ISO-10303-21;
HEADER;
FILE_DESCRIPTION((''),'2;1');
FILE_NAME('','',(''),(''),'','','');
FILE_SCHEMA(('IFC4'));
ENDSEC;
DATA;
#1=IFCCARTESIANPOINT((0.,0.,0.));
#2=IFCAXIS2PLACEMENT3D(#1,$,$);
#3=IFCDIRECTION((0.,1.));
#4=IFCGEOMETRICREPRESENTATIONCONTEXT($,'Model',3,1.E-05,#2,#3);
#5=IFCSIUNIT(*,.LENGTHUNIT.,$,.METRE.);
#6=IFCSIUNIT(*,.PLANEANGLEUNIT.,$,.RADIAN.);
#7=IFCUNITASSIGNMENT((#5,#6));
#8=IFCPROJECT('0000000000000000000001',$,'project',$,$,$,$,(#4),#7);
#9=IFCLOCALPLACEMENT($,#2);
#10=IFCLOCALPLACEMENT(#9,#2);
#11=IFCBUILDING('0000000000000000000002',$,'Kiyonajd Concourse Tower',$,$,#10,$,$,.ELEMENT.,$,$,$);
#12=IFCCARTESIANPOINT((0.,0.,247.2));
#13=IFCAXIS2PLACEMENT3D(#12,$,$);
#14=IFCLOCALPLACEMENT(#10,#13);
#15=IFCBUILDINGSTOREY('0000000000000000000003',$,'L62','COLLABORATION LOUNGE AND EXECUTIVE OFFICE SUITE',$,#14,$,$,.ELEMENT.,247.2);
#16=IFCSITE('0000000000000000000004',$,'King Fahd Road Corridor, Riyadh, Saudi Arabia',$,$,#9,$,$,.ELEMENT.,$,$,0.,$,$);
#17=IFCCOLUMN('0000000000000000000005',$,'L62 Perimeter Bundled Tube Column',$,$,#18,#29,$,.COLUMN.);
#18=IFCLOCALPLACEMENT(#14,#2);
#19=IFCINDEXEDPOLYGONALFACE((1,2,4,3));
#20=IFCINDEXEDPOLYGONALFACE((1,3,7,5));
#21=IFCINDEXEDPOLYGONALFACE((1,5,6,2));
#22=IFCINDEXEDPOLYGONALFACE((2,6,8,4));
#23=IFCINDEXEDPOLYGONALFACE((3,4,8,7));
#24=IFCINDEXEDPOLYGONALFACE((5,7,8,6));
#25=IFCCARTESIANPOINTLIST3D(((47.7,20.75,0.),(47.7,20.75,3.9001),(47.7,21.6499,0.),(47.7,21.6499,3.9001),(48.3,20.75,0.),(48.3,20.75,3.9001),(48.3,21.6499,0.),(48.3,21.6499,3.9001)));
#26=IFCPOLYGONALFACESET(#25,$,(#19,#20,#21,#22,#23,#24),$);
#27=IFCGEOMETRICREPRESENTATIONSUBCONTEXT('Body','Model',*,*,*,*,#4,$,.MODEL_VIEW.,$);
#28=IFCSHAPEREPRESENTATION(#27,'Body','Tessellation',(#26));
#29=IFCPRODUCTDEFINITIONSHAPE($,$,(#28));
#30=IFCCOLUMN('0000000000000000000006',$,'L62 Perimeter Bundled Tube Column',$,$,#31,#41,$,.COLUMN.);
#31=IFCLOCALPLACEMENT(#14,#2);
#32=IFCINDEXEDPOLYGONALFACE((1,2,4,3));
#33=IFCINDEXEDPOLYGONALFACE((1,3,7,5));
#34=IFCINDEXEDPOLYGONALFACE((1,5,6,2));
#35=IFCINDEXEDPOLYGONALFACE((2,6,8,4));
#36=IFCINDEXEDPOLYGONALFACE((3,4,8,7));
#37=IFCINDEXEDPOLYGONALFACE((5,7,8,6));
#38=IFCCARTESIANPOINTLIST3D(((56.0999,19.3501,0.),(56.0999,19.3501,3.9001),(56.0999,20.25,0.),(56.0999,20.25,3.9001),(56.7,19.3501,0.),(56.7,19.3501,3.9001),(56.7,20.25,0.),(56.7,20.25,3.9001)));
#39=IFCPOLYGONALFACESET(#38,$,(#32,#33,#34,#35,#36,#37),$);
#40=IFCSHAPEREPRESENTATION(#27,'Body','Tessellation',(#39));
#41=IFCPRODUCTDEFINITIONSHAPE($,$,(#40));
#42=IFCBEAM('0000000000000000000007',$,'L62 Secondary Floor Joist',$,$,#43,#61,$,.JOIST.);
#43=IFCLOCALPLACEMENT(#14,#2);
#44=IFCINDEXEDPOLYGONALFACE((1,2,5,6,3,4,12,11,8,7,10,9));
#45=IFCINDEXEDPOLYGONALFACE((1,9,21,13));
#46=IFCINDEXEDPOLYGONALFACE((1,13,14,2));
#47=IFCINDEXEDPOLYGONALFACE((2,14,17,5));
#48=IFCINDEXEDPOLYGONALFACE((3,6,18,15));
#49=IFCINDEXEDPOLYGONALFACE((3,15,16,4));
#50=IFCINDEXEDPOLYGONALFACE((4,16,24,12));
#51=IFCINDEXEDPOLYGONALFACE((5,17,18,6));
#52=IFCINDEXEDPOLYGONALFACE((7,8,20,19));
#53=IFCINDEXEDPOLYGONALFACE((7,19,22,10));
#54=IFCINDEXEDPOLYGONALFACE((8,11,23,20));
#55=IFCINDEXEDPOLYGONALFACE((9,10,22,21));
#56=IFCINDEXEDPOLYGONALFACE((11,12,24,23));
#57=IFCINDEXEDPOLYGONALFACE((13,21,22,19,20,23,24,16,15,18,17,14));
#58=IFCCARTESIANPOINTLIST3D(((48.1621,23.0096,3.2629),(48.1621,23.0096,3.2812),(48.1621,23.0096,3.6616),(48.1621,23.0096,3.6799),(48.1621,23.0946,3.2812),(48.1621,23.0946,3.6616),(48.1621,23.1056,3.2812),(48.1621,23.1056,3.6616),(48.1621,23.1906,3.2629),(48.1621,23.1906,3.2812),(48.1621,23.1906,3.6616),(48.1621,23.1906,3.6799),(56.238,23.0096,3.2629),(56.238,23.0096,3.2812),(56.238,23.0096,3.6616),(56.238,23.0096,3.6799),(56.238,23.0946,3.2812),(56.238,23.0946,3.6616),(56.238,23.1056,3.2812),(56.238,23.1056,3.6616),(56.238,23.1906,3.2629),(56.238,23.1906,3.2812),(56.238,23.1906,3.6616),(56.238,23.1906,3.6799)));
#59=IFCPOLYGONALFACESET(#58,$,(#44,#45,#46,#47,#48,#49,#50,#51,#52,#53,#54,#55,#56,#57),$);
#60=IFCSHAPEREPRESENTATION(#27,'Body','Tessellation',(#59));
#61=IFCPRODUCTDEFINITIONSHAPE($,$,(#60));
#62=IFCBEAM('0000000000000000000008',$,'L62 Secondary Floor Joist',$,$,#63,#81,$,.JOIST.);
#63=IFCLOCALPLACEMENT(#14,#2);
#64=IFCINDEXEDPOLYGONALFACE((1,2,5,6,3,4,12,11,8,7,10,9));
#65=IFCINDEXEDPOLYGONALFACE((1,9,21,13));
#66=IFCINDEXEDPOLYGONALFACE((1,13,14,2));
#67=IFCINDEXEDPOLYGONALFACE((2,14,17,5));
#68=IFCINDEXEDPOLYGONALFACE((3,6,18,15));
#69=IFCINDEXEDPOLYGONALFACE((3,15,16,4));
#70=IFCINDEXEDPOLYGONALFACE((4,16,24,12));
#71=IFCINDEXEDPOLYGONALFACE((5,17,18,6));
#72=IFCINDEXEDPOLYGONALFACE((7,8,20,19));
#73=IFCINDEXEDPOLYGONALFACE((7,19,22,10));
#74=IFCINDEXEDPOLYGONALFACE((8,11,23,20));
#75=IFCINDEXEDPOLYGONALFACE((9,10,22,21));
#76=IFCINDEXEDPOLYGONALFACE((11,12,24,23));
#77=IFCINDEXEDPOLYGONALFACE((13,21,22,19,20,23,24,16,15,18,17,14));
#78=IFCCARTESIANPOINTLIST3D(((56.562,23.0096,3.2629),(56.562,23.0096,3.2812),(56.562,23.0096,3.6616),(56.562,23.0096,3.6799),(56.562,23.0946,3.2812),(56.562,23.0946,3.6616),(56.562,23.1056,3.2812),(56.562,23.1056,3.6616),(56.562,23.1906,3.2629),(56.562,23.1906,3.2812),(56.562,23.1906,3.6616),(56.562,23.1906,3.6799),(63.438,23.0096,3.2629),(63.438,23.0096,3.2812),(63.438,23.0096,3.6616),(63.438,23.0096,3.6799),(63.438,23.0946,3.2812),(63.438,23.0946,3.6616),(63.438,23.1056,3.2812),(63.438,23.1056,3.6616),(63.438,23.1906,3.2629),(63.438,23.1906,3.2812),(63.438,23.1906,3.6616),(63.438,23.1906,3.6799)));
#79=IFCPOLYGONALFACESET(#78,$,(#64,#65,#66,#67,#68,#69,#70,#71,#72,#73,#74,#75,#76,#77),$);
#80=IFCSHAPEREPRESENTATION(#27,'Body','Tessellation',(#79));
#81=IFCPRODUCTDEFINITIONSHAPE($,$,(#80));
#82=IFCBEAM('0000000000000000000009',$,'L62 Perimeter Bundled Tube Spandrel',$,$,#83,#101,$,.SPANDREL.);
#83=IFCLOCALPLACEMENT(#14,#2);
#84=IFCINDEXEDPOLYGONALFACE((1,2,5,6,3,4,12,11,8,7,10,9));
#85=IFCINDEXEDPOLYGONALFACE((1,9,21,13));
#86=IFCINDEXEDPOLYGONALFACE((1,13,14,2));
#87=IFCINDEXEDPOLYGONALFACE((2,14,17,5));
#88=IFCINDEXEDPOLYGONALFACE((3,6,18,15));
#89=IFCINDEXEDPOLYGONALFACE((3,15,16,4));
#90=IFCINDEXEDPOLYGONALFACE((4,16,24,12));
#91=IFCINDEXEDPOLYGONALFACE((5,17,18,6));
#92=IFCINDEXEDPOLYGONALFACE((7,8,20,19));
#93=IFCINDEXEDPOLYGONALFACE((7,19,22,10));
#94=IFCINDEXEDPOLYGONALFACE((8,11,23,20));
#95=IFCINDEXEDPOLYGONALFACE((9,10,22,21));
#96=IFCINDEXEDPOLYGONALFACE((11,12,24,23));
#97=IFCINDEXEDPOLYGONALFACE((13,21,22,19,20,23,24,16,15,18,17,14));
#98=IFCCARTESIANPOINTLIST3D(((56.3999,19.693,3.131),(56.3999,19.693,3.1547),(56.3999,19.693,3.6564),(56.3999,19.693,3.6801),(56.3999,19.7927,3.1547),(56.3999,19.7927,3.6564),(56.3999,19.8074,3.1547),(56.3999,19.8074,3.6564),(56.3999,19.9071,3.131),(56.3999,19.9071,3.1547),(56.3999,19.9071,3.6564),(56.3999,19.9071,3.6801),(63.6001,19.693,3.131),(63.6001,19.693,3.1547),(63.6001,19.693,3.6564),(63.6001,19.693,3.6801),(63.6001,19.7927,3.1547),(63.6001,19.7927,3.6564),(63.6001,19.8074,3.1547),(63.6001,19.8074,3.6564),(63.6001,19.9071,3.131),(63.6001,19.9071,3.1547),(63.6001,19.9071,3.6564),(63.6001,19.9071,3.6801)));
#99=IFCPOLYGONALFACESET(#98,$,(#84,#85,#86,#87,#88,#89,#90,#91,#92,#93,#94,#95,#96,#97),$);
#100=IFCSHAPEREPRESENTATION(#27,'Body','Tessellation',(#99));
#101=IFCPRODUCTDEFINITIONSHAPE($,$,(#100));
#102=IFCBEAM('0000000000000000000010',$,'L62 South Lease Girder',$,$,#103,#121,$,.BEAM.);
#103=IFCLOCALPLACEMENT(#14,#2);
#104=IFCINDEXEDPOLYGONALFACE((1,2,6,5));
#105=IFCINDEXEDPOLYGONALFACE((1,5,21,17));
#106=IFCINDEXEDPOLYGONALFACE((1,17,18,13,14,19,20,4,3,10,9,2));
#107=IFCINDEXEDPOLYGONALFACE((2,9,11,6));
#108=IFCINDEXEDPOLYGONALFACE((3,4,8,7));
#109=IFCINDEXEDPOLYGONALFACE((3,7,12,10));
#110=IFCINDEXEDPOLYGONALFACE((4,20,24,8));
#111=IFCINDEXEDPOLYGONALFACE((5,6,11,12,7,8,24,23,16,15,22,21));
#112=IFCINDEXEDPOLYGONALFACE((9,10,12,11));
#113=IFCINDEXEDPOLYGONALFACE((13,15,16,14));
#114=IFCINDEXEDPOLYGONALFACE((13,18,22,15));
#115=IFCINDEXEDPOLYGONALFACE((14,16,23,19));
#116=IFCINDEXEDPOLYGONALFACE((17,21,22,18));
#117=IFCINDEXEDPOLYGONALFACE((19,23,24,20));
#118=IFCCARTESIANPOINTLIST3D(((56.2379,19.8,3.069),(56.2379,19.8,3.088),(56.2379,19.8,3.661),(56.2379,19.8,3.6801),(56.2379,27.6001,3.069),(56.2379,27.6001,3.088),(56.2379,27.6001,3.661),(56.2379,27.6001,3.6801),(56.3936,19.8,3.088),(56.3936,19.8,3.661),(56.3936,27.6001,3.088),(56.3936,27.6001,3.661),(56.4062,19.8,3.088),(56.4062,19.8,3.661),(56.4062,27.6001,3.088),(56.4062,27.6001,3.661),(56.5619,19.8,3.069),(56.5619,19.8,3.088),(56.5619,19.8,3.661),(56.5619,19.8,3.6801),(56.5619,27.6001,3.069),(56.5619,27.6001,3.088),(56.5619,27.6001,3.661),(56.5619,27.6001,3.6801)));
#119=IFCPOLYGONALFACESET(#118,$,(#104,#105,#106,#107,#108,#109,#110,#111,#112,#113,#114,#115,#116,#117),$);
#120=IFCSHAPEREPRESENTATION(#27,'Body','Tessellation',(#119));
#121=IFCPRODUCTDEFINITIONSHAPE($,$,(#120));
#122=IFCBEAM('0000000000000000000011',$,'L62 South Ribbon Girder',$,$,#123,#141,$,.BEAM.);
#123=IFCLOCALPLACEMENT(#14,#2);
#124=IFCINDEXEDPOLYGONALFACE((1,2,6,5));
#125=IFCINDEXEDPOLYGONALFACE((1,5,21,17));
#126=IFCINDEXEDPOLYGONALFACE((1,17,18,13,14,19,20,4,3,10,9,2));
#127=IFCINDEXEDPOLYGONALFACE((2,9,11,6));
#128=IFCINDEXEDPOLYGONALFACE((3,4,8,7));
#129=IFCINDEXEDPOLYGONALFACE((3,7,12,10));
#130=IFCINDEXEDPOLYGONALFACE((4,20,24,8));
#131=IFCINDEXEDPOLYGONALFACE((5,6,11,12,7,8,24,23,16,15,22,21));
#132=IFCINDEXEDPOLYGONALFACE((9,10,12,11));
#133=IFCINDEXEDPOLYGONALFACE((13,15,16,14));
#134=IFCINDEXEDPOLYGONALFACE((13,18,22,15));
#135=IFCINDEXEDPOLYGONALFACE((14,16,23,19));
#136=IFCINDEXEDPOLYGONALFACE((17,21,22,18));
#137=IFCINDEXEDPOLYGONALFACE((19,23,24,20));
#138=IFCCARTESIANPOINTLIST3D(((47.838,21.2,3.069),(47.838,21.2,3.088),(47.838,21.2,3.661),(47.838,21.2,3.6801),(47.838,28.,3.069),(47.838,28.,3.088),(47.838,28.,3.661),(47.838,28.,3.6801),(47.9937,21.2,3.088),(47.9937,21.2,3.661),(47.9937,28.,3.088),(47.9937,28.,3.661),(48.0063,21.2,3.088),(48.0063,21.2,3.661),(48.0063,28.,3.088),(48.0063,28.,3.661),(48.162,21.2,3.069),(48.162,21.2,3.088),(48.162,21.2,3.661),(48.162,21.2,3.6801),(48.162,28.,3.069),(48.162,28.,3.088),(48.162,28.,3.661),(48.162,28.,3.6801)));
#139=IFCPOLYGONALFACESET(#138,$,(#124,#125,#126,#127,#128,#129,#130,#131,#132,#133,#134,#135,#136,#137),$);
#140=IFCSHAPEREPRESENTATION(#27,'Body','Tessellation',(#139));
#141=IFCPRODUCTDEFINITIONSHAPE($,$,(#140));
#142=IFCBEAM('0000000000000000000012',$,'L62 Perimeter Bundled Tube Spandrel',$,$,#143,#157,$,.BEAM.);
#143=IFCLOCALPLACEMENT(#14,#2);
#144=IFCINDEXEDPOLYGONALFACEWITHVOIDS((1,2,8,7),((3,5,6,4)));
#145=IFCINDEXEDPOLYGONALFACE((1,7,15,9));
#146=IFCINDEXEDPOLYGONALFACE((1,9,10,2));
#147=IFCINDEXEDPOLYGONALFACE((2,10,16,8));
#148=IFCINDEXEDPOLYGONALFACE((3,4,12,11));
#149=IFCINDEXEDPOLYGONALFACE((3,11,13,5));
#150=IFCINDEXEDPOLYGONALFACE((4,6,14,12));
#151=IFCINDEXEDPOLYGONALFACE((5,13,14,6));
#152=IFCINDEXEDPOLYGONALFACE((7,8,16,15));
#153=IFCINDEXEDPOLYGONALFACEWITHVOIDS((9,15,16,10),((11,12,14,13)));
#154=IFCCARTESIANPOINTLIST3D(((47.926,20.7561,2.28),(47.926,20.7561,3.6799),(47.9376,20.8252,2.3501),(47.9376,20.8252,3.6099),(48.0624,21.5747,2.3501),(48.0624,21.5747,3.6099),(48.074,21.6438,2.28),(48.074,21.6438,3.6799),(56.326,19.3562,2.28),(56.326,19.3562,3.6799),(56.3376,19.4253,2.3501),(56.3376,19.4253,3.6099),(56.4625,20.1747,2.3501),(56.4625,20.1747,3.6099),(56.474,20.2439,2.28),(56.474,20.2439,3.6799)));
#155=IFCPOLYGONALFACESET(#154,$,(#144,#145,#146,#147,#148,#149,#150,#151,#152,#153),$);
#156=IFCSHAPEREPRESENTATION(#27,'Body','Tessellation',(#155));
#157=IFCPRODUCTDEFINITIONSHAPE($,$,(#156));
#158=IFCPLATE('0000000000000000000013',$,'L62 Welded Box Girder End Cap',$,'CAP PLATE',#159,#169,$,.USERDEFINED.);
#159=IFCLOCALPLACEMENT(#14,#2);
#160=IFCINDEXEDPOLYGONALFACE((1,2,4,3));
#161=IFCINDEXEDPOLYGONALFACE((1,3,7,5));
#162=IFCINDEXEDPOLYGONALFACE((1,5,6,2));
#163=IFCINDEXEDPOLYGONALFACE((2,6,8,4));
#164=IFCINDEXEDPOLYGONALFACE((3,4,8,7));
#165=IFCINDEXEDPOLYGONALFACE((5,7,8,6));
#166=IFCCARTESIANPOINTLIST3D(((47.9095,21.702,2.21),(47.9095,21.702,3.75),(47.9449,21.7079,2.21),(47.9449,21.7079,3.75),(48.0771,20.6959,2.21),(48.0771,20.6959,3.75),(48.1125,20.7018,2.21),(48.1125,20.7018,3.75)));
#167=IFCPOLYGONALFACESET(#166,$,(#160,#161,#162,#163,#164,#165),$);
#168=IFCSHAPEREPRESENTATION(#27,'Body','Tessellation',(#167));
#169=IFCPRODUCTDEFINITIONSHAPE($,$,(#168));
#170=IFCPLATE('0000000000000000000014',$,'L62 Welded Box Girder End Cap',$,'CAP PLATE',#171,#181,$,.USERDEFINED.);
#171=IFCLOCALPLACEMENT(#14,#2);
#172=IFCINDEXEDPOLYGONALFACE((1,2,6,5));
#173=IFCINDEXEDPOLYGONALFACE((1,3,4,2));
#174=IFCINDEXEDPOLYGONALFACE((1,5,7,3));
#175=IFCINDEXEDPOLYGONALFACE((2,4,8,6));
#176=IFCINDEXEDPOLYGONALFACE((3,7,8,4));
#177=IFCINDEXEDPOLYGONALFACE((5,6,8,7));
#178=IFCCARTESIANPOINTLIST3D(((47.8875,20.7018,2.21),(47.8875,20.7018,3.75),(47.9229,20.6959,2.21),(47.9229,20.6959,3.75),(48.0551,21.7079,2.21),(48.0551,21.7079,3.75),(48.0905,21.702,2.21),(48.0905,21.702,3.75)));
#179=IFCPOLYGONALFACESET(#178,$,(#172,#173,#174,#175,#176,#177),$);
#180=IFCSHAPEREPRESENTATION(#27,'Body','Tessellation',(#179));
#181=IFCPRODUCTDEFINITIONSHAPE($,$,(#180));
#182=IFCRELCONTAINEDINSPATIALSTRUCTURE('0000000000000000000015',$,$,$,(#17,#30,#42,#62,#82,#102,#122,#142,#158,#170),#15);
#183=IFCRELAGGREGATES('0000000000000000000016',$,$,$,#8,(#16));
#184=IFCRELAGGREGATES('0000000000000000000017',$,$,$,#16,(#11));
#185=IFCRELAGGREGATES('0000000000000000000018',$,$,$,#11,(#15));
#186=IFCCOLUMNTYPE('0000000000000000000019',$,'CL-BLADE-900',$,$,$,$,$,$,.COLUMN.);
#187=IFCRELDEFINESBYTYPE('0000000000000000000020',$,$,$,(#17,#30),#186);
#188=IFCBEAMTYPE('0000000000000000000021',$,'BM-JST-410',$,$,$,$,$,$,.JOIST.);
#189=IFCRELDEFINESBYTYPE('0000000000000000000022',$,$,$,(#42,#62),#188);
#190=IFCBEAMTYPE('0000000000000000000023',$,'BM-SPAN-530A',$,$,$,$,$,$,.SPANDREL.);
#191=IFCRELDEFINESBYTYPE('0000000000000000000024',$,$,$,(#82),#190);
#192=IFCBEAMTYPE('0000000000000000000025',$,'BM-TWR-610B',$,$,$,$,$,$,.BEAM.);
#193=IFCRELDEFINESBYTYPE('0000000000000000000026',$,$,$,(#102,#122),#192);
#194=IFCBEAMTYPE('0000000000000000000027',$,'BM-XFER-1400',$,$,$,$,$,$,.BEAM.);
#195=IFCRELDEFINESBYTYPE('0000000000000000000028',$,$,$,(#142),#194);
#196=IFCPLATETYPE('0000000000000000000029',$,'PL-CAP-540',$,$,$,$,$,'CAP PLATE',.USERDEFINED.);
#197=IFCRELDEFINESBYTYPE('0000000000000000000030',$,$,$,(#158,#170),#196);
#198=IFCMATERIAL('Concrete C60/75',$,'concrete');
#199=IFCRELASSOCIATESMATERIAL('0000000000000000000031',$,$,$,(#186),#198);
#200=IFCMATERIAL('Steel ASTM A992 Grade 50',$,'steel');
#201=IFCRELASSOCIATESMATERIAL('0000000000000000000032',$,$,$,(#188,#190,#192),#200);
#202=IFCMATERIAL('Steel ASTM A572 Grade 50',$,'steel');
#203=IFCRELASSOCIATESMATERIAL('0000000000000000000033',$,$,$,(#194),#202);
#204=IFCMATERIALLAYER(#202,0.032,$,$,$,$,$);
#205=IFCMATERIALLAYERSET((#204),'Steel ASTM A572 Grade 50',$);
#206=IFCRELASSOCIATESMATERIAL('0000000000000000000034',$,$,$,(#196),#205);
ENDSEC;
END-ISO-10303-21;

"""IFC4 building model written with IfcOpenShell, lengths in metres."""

from ifc_helpers import new_model, si_unit, direction, frame, origin, origin_2d, place, context, subcontext, project, spatial, rectangle, hollow_rectangle, i_section, extrude, material, layer, layer_set, material_profile, profile_set, type_object, element, save


model = new_model("IFC4")

# Units and contexts
model_context = context("Model", 3, precision=1e-05, world=origin(), true_north=direction((0.0, 1.0)))
body_context = subcontext(model_context, "Body", "Model", "MODEL_VIEW")
ifc_project = project(units=[si_unit("LENGTHUNIT", "METRE"), si_unit("PLANEANGLEUNIT", "RADIAN")], contexts=[model_context])

# Site, building, storey
site_placement = place(None, origin())
site = spatial("IfcSite", under=ifc_project, at=site_placement, Name="King Fahd Road Corridor, Riyadh, Saudi Arabia", CompositionType="ELEMENT", RefElevation=0.0)
building_placement = place(site_placement, origin())
building = spatial("IfcBuilding", under=site, at=building_placement, Name="Kiyonajd Concourse Tower", CompositionType="ELEMENT")
storey_placement = place(building_placement, frame((0.0, 0.0, 247.2)))
storey = spatial("IfcBuildingStorey", under=building, at=storey_placement, Name="L62", Description="COLLABORATION LOUNGE AND EXECUTIVE OFFICE SUITE", CompositionType="ELEMENT", Elevation=247.2)

# Columns
ifc_material_1 = material(Name="Concrete C60/75", Category="concrete")
ifc_material_profile_1 = material_profile(ifc_material_1, rectangle(XDim=0.6001, YDim=0.8999, at=origin_2d()), Name="RC-900x600")
ifc_profile_set_1 = profile_set([ifc_material_profile_1], Name="Concrete C60/75")
column_type = type_object("IfcColumnType", Name="CL-BLADE-900", PredefinedType="COLUMN", material=ifc_profile_set_1)
for number, where, z_axis, x_axis, name in (
    (1, (48.0, 21.2, 0.0), (0.0, 0.0, 1.0), (1.0, 0.0, 0.0), "L62 Perimeter Bundled Tube Column"),
    (2, (56.3999, 19.8, 0.0), (0.0, 0.0, 1.0), (1.0, 0.0, 0.0), "L62 Perimeter Bundled Tube Column"),
):
    element("IfcColumn", number, at=place(storey_placement, frame(where, z_axis=z_axis, x_axis=x_axis)), inside=storey, type_object=column_type, Name=name, PredefinedType="COLUMN", context=body_context, shape_type="SweptSolid", body=[
        extrude(rectangle(XDim=0.6001, YDim=0.8999, at=origin_2d()), origin(), (0.0, 0.0, 1.0), 3.9001),
    ])

# Beams
ifc_material_2 = material(Name="Steel ASTM A992 Grade 50", Category="steel")
ifc_material_profile_2 = material_profile(ifc_material_2, i_section(OverallWidth=0.1809, OverallDepth=0.417, WebThickness=0.011, FlangeThickness=0.0183, at=origin_2d()), Name="W410X85")
ifc_profile_set_2 = profile_set([ifc_material_profile_2], Name="Steel ASTM A992 Grade 50")
beam_type_1 = type_object("IfcBeamType", Name="BM-JST-410", PredefinedType="JOIST", material=ifc_profile_set_2)
beam_1_placement = place(storey_placement, frame((48.1621, 23.1001, 3.4714), z_axis=(1.0, 0.0, 0.0), x_axis=(0.0, 1.0, 0.0)))
element("IfcBeam", 3, at=beam_1_placement, inside=storey, type_object=beam_type_1, Name="L62 Secondary Floor Joist", PredefinedType="JOIST", context=body_context, shape_type="SweptSolid", body=[
    extrude(i_section(OverallWidth=0.1809, OverallDepth=0.417, WebThickness=0.011, FlangeThickness=0.0183, at=origin_2d()), origin(), (0.0, 0.0, 1.0), 8.0759),
])
beam_2_placement = place(storey_placement, frame((56.562, 23.1001, 3.4714), z_axis=(1.0, 0.0, 0.0), x_axis=(0.0, 1.0, 0.0)))
element("IfcBeam", 4, at=beam_2_placement, inside=storey, type_object=beam_type_1, Name="L62 Secondary Floor Joist", PredefinedType="JOIST", context=body_context, shape_type="SweptSolid", body=[
    extrude(i_section(OverallWidth=0.1809, OverallDepth=0.417, WebThickness=0.011, FlangeThickness=0.0183, at=origin_2d()), origin(), (0.0, 0.0, 1.0), 6.876),
])
ifc_material_profile_3 = material_profile(ifc_material_2, i_section(OverallWidth=0.2141, OverallDepth=0.5491, WebThickness=0.0146, FlangeThickness=0.0237, at=origin_2d()), Name="W530X138")
ifc_profile_set_3 = profile_set([ifc_material_profile_3], Name="Steel ASTM A992 Grade 50")
beam_type_2 = type_object("IfcBeamType", Name="BM-SPAN-530A", PredefinedType="SPANDREL", material=ifc_profile_set_3)
beam_3_placement = place(storey_placement, frame((56.3999, 19.8, 3.4055), z_axis=(1.0, 0.0, 0.0), x_axis=(0.0, 1.0, 0.0)))
element("IfcBeam", 5, at=beam_3_placement, inside=storey, type_object=beam_type_2, Name="L62 Perimeter Bundled Tube Spandrel", PredefinedType="SPANDREL", context=body_context, shape_type="SweptSolid", body=[
    extrude(i_section(OverallWidth=0.2141, OverallDepth=0.5491, WebThickness=0.0146, FlangeThickness=0.0237, at=origin_2d()), origin(), (0.0, 0.0, 1.0), 7.2002),
])
ifc_material_profile_4 = material_profile(ifc_material_2, i_section(OverallWidth=0.324, OverallDepth=0.6111, WebThickness=0.0127, FlangeThickness=0.019, at=origin_2d()), Name="W610X155")
ifc_profile_set_4 = profile_set([ifc_material_profile_4], Name="Steel ASTM A992 Grade 50")
beam_type_3 = type_object("IfcBeamType", Name="BM-TWR-610B", PredefinedType="BEAM", material=ifc_profile_set_4)
beam_4_placement = place(storey_placement, frame((56.3999, 19.8, 3.3745), z_axis=(0.0, 1.0, 0.0), x_axis=(-1.0, 0.0, 0.0)))
element("IfcBeam", 6, at=beam_4_placement, inside=storey, type_object=beam_type_3, Name="L62 South Lease Girder", PredefinedType="BEAM", context=body_context, shape_type="SweptSolid", body=[
    extrude(i_section(OverallWidth=0.324, OverallDepth=0.6111, WebThickness=0.0127, FlangeThickness=0.019, at=origin_2d()), origin(), (0.0, 0.0, 1.0), 7.8),
])
beam_5_placement = place(storey_placement, frame((48.0, 21.2, 3.3745), z_axis=(0.0, 1.0, 0.0), x_axis=(-1.0, 0.0, 0.0)))
element("IfcBeam", 7, at=beam_5_placement, inside=storey, type_object=beam_type_3, Name="L62 South Ribbon Girder", PredefinedType="BEAM", context=body_context, shape_type="SweptSolid", body=[
    extrude(i_section(OverallWidth=0.324, OverallDepth=0.6111, WebThickness=0.0127, FlangeThickness=0.019, at=origin_2d()), origin(), (0.0, 0.0, 1.0), 6.8),
])
ifc_material_3 = material(Name="Steel ASTM A572 Grade 50", Category="steel")
ifc_material_profile_5 = material_profile(ifc_material_3, hollow_rectangle(XDim=0.8999, YDim=1.3999, WallThickness=0.0701, at=origin_2d()), Name="BOX-1400x900x70")
ifc_profile_set_5 = profile_set([ifc_material_profile_5], Name="Steel ASTM A572 Grade 50")
beam_type_4 = type_object("IfcBeamType", Name="BM-XFER-1400", PredefinedType="BEAM", material=ifc_profile_set_5)
beam_6_placement = place(storey_placement, frame((48.0, 21.2, 2.98), z_axis=(0.986395, -0.16439, 0.0), x_axis=(0.16439, 0.986395, 0.0)))
element("IfcBeam", 8, at=beam_6_placement, inside=storey, type_object=beam_type_4, Name="L62 Perimeter Bundled Tube Spandrel", PredefinedType="BEAM", context=body_context, shape_type="SweptSolid", body=[
    extrude(hollow_rectangle(XDim=0.8999, YDim=1.3999, WallThickness=0.0701, at=origin_2d()), origin(), (0.0, 0.0, 1.0), 8.5159),
])

# Plates
ifc_layer_1 = layer(ifc_material_3, 0.032)
ifc_layer_set_1 = layer_set([ifc_layer_1], Name="Steel ASTM A572 Grade 50")
plate_type_1 = type_object("IfcPlateType", Name="PL-CAP-540", ElementType="CAP PLATE", PredefinedType="USERDEFINED", material=ifc_layer_set_1)
for number, where, z_axis, x_axis, name in (
    (9, (48.011, 21.2019, 2.21), (0.0, 0.0, 1.0), (0.986401, 0.164359, 0.0), "L62 Welded Box Girder End Cap"),
    (10, (47.989, 21.2019, 2.21), (0.0, 0.0, 1.0), (-0.986401, 0.164359, 0.0), "L62 Welded Box Girder End Cap"),
):
    element("IfcPlate", number, at=place(storey_placement, frame(where, z_axis=z_axis, x_axis=x_axis)), inside=storey, type_object=plate_type_1, Name=name, ObjectType="CAP PLATE", PredefinedType="USERDEFINED", context=body_context, shape_type="SweptSolid", body=[
        extrude(rectangle(XDim=0.0359, YDim=1.02, at=origin_2d()), origin(), (0.0, 0.0, 1.0), 1.54),
    ])

save(model, "model.ifc")
